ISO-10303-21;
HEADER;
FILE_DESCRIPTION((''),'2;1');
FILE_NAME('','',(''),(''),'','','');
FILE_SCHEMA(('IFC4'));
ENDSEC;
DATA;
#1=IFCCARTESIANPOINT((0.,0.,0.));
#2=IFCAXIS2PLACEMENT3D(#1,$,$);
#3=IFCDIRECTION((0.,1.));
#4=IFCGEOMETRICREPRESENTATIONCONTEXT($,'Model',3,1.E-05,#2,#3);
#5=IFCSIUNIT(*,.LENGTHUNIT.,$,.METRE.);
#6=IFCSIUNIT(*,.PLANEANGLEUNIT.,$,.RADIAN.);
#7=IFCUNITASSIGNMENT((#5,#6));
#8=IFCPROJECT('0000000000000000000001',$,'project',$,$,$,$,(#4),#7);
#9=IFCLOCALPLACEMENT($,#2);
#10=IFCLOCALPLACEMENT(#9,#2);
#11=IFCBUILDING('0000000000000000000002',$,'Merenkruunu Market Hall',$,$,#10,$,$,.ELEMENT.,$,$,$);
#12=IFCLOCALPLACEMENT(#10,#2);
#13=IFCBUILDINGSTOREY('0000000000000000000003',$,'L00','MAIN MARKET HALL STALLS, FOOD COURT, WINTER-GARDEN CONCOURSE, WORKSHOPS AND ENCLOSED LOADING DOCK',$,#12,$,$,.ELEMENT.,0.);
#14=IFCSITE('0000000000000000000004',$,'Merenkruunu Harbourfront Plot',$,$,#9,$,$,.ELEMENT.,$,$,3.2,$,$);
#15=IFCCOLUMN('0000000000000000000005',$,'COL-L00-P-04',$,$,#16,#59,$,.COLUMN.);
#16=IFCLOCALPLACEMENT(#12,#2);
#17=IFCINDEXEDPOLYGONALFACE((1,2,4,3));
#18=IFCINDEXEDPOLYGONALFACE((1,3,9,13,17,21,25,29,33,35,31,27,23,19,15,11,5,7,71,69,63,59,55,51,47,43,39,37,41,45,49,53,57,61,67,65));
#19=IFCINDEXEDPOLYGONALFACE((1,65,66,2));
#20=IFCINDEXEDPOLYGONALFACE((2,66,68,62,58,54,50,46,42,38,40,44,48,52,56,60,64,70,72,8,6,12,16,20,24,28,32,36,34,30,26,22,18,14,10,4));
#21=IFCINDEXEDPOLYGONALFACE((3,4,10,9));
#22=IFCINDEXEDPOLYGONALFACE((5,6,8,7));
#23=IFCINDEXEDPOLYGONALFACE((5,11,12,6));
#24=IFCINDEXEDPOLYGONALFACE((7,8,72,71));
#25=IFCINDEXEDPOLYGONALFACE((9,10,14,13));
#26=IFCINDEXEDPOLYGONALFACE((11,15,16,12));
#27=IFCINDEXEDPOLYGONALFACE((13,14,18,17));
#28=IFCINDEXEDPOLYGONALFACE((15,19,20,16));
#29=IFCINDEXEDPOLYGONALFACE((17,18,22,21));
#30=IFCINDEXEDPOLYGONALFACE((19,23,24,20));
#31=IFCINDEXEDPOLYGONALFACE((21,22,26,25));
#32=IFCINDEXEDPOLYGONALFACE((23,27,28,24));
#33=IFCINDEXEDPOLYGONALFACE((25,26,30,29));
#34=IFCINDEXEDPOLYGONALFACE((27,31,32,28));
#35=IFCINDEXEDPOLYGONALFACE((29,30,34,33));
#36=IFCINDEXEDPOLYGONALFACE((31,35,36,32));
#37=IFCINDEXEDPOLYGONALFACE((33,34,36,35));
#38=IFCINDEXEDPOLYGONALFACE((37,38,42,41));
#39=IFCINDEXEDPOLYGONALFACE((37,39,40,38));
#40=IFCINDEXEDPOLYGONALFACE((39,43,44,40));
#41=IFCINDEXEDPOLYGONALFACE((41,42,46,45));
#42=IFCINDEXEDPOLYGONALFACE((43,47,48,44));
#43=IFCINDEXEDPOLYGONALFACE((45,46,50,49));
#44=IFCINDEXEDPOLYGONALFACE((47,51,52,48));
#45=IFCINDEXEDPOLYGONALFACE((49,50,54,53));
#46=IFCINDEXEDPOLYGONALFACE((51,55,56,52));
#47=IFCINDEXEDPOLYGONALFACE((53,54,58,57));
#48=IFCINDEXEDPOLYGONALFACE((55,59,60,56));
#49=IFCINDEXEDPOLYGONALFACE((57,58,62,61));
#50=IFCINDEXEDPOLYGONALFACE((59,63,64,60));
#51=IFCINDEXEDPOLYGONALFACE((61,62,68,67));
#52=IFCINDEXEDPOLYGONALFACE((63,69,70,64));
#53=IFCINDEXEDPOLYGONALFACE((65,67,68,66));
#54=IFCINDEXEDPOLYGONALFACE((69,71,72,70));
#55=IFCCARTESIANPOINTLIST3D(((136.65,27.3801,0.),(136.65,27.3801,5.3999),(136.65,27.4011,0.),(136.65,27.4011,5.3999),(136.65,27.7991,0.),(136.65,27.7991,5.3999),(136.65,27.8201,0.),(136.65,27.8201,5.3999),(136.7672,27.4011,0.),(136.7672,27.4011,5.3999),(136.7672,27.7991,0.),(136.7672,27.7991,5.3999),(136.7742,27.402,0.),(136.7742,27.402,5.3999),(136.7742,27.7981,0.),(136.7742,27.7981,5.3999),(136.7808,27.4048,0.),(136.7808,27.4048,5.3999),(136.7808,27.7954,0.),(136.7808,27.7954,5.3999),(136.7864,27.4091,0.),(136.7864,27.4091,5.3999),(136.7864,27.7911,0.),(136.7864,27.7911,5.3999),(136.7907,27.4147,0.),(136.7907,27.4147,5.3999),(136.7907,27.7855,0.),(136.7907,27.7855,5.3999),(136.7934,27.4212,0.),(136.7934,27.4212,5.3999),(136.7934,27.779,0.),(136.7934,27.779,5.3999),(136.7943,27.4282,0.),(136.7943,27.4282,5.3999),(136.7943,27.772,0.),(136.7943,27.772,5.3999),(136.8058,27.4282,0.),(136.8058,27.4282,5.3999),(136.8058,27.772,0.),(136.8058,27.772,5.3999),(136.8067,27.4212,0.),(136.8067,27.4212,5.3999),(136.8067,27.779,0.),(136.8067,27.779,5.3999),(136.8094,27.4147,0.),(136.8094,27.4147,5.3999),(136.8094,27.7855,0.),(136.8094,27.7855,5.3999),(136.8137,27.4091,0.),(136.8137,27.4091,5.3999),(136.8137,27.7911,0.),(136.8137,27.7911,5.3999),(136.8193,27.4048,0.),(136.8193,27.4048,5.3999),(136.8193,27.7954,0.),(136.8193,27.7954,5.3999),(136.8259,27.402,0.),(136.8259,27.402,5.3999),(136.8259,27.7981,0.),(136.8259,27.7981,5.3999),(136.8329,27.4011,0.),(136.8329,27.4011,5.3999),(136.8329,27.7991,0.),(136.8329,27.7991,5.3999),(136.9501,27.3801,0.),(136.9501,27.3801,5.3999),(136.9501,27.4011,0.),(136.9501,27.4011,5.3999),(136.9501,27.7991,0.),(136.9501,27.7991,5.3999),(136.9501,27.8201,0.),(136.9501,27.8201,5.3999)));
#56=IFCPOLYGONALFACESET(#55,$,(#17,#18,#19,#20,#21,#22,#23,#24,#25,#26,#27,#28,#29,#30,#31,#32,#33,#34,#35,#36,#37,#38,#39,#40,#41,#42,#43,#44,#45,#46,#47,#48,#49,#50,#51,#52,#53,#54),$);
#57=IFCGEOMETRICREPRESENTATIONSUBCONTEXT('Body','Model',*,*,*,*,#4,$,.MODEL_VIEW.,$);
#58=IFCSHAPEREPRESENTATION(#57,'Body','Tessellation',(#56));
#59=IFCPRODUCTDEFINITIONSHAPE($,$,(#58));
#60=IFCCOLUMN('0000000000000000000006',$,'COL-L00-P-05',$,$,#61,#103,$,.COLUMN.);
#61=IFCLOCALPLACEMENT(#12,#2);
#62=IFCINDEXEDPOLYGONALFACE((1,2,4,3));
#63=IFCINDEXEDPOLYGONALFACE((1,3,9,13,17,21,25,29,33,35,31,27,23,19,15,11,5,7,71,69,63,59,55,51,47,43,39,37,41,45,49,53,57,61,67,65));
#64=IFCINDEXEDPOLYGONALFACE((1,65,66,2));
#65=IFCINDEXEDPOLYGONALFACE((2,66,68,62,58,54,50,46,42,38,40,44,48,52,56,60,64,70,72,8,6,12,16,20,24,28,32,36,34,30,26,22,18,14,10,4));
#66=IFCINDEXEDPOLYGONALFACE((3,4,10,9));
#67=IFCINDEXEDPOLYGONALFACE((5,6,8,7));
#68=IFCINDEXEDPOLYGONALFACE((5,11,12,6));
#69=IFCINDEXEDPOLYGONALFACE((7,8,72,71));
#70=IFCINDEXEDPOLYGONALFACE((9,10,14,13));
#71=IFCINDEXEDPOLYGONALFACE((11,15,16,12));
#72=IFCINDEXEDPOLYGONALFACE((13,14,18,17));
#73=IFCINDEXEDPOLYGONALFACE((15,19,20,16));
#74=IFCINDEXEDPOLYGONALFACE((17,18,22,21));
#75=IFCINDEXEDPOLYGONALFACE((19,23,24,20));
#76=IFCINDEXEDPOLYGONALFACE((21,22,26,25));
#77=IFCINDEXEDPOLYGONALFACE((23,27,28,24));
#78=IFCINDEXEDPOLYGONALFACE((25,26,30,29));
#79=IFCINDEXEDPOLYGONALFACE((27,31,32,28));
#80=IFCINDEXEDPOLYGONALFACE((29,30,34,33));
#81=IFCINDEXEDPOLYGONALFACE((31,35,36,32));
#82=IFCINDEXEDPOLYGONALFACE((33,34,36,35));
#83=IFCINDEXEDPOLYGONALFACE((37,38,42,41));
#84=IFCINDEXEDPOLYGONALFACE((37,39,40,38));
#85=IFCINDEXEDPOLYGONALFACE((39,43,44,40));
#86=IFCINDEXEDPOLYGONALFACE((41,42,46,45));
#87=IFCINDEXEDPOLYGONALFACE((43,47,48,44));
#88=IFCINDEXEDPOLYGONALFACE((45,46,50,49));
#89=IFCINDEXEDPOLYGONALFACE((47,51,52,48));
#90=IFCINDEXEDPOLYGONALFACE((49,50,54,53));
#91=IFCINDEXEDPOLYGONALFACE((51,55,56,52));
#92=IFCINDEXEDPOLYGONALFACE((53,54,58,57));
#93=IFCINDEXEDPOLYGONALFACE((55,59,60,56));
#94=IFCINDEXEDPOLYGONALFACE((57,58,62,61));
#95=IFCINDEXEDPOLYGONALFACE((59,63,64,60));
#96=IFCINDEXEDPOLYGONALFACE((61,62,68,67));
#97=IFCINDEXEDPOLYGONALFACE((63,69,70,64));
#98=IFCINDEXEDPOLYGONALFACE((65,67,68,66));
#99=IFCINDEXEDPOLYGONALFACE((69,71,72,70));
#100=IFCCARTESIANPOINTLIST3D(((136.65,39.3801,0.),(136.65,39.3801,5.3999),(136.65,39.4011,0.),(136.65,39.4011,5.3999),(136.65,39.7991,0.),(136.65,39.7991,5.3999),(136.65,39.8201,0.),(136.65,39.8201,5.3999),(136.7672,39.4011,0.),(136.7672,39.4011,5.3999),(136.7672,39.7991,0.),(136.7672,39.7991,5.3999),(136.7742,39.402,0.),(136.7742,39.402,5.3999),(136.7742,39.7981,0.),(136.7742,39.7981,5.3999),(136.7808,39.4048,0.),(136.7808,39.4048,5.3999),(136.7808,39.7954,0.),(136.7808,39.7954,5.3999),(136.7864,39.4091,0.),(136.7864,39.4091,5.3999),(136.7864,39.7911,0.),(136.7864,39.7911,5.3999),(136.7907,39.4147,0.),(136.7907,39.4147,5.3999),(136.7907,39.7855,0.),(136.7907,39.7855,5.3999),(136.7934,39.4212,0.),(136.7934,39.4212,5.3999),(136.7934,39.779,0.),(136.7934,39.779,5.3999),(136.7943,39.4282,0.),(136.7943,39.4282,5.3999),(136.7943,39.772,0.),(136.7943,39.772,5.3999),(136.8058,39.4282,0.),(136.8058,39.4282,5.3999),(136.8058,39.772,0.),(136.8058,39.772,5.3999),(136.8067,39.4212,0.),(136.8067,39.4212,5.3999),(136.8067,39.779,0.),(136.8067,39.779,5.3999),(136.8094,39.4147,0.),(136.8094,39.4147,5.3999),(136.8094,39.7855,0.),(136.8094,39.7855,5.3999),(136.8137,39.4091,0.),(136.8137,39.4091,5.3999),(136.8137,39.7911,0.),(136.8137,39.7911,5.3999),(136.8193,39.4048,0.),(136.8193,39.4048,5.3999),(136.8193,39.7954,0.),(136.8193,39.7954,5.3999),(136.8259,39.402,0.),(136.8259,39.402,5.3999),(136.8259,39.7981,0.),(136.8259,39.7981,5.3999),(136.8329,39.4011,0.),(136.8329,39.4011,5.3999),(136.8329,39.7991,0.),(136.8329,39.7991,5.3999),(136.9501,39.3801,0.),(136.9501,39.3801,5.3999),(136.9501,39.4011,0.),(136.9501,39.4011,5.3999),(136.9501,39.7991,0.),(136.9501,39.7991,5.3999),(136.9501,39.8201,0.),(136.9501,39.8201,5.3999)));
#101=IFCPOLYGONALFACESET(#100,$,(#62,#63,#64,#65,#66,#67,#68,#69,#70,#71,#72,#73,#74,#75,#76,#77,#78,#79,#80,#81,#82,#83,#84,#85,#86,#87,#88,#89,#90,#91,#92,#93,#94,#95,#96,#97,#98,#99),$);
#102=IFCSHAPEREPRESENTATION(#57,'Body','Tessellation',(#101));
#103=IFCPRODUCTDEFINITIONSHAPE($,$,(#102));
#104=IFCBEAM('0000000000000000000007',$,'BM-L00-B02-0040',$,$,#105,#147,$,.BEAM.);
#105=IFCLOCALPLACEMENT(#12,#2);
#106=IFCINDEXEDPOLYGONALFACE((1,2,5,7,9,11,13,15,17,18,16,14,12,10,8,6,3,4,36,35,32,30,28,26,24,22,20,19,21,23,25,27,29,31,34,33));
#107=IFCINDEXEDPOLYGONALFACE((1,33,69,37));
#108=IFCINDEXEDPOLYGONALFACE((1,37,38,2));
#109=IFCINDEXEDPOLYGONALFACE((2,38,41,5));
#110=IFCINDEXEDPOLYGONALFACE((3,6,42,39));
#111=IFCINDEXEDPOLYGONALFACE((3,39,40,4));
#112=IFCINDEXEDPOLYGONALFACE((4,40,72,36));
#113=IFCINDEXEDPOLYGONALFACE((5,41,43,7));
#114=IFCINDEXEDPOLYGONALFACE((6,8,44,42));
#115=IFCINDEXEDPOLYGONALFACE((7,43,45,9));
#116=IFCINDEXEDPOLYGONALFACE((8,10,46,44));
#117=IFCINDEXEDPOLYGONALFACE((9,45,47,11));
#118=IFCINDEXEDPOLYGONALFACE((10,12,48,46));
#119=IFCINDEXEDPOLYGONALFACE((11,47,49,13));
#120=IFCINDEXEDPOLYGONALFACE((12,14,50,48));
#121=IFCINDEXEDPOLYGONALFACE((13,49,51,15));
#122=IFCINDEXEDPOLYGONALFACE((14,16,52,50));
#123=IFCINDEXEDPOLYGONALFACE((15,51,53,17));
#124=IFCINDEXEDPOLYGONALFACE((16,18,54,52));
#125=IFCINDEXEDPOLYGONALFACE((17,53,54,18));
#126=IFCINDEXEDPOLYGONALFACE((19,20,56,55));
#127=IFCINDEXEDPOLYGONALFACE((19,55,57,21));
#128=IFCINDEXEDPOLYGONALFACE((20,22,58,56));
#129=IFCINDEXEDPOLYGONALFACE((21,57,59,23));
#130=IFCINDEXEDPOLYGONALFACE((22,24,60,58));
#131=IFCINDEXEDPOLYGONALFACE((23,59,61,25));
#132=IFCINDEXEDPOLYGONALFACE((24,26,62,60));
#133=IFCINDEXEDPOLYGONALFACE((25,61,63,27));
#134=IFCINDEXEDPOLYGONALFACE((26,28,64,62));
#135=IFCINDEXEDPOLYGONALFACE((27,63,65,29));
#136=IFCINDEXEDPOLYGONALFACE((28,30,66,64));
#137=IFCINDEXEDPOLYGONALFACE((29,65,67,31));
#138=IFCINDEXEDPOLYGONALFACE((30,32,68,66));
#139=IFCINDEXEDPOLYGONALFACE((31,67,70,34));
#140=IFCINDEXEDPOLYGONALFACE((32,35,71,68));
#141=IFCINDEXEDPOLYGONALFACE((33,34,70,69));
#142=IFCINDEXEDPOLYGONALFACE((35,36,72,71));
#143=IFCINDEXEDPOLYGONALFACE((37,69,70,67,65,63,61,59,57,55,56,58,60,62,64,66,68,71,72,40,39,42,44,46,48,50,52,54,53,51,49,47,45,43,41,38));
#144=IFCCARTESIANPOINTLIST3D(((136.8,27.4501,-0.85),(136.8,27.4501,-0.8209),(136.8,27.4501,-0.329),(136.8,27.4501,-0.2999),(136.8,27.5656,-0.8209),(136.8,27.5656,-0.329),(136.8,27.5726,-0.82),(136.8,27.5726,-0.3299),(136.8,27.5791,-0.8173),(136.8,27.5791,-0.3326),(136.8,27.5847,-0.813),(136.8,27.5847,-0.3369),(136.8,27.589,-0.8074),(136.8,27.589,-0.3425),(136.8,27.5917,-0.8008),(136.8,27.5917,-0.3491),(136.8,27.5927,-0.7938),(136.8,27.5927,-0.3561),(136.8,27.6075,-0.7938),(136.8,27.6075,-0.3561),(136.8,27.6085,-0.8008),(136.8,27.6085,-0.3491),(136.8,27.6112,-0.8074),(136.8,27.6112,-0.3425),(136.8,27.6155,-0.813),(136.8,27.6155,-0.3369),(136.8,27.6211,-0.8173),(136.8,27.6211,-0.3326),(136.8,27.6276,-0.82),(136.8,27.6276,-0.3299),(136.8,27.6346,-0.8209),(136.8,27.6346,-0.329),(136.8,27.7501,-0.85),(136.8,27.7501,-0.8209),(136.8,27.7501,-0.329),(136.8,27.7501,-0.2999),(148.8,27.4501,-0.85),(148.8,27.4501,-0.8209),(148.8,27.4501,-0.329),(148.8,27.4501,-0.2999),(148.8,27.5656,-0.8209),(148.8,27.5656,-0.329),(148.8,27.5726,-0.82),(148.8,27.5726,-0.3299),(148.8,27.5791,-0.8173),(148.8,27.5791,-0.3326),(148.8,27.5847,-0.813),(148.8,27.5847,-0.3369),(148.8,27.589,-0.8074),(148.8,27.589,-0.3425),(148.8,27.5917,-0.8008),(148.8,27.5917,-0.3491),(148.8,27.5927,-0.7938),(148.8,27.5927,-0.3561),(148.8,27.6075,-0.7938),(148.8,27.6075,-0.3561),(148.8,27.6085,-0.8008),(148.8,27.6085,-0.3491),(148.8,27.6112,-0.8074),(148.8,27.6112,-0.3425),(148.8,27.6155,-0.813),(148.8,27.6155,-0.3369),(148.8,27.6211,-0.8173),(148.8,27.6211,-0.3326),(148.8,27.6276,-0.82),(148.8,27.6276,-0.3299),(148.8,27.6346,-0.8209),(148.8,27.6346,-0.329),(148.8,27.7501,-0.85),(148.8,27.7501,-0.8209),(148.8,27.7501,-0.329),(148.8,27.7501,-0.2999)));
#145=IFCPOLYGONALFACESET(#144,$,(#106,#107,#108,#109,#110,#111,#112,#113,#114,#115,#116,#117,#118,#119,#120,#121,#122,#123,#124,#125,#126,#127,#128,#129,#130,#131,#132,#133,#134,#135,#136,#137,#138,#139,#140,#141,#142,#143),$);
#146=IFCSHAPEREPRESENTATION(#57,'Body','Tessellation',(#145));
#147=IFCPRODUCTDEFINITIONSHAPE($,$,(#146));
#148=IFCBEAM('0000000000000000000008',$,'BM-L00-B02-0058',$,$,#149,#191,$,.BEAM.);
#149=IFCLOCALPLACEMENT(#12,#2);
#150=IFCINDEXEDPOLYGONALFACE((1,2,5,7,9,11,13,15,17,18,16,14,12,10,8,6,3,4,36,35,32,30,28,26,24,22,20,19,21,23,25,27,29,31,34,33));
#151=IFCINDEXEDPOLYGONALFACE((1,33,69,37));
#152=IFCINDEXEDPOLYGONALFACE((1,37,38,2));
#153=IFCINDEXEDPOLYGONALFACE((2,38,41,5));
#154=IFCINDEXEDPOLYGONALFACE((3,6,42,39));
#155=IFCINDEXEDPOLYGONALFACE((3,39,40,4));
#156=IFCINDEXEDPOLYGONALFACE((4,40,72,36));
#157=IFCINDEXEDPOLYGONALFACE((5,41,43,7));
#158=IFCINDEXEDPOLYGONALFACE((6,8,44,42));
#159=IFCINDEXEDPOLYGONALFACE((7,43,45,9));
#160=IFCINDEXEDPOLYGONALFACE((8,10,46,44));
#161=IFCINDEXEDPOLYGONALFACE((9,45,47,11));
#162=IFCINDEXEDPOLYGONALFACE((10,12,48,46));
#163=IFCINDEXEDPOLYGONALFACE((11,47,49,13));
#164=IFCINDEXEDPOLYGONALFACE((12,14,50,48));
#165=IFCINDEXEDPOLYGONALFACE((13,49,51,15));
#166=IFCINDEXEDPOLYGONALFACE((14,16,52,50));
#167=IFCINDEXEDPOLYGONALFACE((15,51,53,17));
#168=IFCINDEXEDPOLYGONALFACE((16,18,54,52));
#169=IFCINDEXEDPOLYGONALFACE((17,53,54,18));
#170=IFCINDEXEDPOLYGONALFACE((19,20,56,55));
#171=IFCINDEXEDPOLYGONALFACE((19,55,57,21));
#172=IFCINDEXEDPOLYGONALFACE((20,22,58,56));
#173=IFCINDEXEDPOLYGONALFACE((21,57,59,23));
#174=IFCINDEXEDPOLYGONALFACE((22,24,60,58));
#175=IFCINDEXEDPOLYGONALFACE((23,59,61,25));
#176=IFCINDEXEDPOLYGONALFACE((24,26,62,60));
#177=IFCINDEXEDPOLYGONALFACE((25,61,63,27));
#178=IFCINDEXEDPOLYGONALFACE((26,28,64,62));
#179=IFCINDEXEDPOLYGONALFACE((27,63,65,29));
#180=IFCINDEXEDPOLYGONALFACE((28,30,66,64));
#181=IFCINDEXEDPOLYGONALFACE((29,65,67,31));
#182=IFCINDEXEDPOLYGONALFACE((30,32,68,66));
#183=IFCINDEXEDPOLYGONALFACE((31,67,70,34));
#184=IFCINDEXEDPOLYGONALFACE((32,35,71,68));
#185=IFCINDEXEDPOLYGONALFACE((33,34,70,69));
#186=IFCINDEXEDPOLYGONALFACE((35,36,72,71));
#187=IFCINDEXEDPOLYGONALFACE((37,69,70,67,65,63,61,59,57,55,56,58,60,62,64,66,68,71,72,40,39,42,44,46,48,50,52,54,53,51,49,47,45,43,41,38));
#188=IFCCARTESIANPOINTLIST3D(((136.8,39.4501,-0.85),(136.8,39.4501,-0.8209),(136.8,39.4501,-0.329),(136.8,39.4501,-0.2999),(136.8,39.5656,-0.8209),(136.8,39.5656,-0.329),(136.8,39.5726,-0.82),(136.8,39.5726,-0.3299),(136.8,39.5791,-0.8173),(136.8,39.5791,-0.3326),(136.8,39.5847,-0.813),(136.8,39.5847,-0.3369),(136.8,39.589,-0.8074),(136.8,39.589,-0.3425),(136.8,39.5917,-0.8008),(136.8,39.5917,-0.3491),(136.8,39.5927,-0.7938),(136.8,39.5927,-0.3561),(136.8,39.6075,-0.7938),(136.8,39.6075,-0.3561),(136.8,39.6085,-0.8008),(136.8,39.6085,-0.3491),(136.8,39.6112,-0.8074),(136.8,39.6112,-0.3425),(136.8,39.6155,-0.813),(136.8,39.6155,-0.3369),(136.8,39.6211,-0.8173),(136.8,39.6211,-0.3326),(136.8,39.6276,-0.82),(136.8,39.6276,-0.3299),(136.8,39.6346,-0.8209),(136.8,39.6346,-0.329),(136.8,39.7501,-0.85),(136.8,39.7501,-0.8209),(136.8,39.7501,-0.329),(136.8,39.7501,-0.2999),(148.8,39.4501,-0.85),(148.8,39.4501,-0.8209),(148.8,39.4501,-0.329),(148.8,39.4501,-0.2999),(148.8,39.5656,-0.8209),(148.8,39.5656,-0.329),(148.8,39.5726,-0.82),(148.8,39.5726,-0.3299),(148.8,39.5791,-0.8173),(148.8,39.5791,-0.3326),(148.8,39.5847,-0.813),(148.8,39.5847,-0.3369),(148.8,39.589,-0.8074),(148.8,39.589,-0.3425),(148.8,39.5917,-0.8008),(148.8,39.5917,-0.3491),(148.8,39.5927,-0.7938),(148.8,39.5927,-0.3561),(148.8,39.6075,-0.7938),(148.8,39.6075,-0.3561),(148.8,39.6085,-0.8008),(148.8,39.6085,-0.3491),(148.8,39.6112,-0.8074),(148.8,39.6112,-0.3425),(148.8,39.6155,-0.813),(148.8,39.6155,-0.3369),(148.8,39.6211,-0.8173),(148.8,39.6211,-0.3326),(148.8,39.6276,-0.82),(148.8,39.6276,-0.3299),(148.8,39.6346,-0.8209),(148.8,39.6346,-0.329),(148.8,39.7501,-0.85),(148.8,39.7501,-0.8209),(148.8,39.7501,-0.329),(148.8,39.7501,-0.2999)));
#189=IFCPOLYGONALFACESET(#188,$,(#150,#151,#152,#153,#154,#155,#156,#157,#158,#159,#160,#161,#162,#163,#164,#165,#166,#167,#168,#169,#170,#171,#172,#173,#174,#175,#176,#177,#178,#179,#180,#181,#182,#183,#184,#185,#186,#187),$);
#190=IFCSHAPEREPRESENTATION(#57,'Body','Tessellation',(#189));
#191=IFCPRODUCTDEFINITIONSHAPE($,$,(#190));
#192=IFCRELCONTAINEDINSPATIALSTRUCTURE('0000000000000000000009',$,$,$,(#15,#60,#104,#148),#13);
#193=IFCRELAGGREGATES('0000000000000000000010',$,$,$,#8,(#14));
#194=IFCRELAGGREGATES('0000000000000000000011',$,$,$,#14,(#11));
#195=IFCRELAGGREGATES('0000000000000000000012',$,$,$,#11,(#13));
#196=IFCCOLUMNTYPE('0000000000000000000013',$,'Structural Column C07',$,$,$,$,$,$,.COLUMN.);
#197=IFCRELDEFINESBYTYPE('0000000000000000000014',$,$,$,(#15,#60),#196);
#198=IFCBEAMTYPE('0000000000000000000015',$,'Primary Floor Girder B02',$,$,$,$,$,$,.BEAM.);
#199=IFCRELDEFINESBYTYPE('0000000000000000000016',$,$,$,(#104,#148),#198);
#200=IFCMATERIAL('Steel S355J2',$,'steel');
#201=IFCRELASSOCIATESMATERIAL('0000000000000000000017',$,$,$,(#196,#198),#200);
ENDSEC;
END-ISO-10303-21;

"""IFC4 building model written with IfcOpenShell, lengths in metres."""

from ifc_helpers import new_model, si_unit, direction, frame, origin, origin_2d, place, context, subcontext, project, spatial, i_section, extrude, material, material_profile, profile_set, type_object, element, save


model = new_model("IFC4")

# Units and contexts
model_context = context("Model", 3, precision=1e-05, world=origin(), true_north=direction((0.0, 1.0)))
body_context = subcontext(model_context, "Body", "Model", "MODEL_VIEW")
ifc_project = project(units=[si_unit("LENGTHUNIT", "METRE"), si_unit("PLANEANGLEUNIT", "RADIAN")], contexts=[model_context])

# Site, building, storey
site_placement = place(None, origin())
site = spatial("IfcSite", under=ifc_project, at=site_placement, Name="Merenkruunu Harbourfront Plot", CompositionType="ELEMENT", RefElevation=3.2)
building_placement = place(site_placement, origin())
building = spatial("IfcBuilding", under=site, at=building_placement, Name="Merenkruunu Market Hall", CompositionType="ELEMENT")
storey_placement = place(building_placement, origin())
storey = spatial("IfcBuildingStorey", under=building, at=storey_placement, Name="L00", Description="MAIN MARKET HALL STALLS, FOOD COURT, WINTER-GARDEN CONCOURSE, WORKSHOPS AND ENCLOSED LOADING DOCK", CompositionType="ELEMENT", Elevation=0.0)

# Columns
ifc_material_1 = material(Name="Steel S355J2", Category="steel")
ifc_material_profile_1 = material_profile(ifc_material_1, i_section(OverallWidth=0.3, OverallDepth=0.4399, WebThickness=0.0115, FlangeThickness=0.021, FilletRadius=0.0271, at=origin_2d()), Name="HEA 450")
ifc_profile_set_1 = profile_set([ifc_material_profile_1], Name="Steel S355J2")
column_type = type_object("IfcColumnType", Name="Structural Column C07", PredefinedType="COLUMN", material=ifc_profile_set_1)
for number, where, z_axis, x_axis, name in (
    (1, (136.8, 27.6001, 0.0), (0.0, 0.0, 1.0), (1.0, 0.0, 0.0), "COL-L00-P-04"),
    (2, (136.8, 39.6001, 0.0), (0.0, 0.0, 1.0), (1.0, 0.0, 0.0), "COL-L00-P-05"),
):
    element("IfcColumn", number, at=place(storey_placement, frame(where, z_axis=z_axis, x_axis=x_axis)), inside=storey, type_object=column_type, Name=name, PredefinedType="COLUMN", context=body_context, shape_type="SweptSolid", body=[
        extrude(i_section(OverallWidth=0.3, OverallDepth=0.4399, WebThickness=0.0115, FlangeThickness=0.021, FilletRadius=0.0271, at=origin_2d()), origin(), (0.0, 0.0, 1.0), 5.3999),
    ])

# Beams
ifc_material_profile_2 = material_profile(ifc_material_1, i_section(OverallWidth=0.3, OverallDepth=0.55, WebThickness=0.0149, FlangeThickness=0.0291, FilletRadius=0.0271, at=origin_2d()), Name="HEB 550")
ifc_profile_set_2 = profile_set([ifc_material_profile_2], Name="Steel S355J2")
beam_type_1 = type_object("IfcBeamType", Name="Primary Floor Girder B02", PredefinedType="BEAM", material=ifc_profile_set_2)
for number, where, z_axis, x_axis, name in (
    (3, (136.8, 27.6001, -0.575), (1.0, 0.0, 0.0), (0.0, 1.0, 0.0), "BM-L00-B02-0040"),
    (4, (136.8, 39.6001, -0.575), (1.0, 0.0, 0.0), (0.0, 1.0, 0.0), "BM-L00-B02-0058"),
):
    element("IfcBeam", number, at=place(storey_placement, frame(where, z_axis=z_axis, x_axis=x_axis)), inside=storey, type_object=beam_type_1, Name=name, PredefinedType="BEAM", context=body_context, shape_type="SweptSolid", body=[
        extrude(i_section(OverallWidth=0.3, OverallDepth=0.55, WebThickness=0.0149, FlangeThickness=0.0291, FilletRadius=0.0271, at=origin_2d()), origin(), (0.0, 0.0, 1.0), 12.0),
    ])

save(model, "model.ifc")
